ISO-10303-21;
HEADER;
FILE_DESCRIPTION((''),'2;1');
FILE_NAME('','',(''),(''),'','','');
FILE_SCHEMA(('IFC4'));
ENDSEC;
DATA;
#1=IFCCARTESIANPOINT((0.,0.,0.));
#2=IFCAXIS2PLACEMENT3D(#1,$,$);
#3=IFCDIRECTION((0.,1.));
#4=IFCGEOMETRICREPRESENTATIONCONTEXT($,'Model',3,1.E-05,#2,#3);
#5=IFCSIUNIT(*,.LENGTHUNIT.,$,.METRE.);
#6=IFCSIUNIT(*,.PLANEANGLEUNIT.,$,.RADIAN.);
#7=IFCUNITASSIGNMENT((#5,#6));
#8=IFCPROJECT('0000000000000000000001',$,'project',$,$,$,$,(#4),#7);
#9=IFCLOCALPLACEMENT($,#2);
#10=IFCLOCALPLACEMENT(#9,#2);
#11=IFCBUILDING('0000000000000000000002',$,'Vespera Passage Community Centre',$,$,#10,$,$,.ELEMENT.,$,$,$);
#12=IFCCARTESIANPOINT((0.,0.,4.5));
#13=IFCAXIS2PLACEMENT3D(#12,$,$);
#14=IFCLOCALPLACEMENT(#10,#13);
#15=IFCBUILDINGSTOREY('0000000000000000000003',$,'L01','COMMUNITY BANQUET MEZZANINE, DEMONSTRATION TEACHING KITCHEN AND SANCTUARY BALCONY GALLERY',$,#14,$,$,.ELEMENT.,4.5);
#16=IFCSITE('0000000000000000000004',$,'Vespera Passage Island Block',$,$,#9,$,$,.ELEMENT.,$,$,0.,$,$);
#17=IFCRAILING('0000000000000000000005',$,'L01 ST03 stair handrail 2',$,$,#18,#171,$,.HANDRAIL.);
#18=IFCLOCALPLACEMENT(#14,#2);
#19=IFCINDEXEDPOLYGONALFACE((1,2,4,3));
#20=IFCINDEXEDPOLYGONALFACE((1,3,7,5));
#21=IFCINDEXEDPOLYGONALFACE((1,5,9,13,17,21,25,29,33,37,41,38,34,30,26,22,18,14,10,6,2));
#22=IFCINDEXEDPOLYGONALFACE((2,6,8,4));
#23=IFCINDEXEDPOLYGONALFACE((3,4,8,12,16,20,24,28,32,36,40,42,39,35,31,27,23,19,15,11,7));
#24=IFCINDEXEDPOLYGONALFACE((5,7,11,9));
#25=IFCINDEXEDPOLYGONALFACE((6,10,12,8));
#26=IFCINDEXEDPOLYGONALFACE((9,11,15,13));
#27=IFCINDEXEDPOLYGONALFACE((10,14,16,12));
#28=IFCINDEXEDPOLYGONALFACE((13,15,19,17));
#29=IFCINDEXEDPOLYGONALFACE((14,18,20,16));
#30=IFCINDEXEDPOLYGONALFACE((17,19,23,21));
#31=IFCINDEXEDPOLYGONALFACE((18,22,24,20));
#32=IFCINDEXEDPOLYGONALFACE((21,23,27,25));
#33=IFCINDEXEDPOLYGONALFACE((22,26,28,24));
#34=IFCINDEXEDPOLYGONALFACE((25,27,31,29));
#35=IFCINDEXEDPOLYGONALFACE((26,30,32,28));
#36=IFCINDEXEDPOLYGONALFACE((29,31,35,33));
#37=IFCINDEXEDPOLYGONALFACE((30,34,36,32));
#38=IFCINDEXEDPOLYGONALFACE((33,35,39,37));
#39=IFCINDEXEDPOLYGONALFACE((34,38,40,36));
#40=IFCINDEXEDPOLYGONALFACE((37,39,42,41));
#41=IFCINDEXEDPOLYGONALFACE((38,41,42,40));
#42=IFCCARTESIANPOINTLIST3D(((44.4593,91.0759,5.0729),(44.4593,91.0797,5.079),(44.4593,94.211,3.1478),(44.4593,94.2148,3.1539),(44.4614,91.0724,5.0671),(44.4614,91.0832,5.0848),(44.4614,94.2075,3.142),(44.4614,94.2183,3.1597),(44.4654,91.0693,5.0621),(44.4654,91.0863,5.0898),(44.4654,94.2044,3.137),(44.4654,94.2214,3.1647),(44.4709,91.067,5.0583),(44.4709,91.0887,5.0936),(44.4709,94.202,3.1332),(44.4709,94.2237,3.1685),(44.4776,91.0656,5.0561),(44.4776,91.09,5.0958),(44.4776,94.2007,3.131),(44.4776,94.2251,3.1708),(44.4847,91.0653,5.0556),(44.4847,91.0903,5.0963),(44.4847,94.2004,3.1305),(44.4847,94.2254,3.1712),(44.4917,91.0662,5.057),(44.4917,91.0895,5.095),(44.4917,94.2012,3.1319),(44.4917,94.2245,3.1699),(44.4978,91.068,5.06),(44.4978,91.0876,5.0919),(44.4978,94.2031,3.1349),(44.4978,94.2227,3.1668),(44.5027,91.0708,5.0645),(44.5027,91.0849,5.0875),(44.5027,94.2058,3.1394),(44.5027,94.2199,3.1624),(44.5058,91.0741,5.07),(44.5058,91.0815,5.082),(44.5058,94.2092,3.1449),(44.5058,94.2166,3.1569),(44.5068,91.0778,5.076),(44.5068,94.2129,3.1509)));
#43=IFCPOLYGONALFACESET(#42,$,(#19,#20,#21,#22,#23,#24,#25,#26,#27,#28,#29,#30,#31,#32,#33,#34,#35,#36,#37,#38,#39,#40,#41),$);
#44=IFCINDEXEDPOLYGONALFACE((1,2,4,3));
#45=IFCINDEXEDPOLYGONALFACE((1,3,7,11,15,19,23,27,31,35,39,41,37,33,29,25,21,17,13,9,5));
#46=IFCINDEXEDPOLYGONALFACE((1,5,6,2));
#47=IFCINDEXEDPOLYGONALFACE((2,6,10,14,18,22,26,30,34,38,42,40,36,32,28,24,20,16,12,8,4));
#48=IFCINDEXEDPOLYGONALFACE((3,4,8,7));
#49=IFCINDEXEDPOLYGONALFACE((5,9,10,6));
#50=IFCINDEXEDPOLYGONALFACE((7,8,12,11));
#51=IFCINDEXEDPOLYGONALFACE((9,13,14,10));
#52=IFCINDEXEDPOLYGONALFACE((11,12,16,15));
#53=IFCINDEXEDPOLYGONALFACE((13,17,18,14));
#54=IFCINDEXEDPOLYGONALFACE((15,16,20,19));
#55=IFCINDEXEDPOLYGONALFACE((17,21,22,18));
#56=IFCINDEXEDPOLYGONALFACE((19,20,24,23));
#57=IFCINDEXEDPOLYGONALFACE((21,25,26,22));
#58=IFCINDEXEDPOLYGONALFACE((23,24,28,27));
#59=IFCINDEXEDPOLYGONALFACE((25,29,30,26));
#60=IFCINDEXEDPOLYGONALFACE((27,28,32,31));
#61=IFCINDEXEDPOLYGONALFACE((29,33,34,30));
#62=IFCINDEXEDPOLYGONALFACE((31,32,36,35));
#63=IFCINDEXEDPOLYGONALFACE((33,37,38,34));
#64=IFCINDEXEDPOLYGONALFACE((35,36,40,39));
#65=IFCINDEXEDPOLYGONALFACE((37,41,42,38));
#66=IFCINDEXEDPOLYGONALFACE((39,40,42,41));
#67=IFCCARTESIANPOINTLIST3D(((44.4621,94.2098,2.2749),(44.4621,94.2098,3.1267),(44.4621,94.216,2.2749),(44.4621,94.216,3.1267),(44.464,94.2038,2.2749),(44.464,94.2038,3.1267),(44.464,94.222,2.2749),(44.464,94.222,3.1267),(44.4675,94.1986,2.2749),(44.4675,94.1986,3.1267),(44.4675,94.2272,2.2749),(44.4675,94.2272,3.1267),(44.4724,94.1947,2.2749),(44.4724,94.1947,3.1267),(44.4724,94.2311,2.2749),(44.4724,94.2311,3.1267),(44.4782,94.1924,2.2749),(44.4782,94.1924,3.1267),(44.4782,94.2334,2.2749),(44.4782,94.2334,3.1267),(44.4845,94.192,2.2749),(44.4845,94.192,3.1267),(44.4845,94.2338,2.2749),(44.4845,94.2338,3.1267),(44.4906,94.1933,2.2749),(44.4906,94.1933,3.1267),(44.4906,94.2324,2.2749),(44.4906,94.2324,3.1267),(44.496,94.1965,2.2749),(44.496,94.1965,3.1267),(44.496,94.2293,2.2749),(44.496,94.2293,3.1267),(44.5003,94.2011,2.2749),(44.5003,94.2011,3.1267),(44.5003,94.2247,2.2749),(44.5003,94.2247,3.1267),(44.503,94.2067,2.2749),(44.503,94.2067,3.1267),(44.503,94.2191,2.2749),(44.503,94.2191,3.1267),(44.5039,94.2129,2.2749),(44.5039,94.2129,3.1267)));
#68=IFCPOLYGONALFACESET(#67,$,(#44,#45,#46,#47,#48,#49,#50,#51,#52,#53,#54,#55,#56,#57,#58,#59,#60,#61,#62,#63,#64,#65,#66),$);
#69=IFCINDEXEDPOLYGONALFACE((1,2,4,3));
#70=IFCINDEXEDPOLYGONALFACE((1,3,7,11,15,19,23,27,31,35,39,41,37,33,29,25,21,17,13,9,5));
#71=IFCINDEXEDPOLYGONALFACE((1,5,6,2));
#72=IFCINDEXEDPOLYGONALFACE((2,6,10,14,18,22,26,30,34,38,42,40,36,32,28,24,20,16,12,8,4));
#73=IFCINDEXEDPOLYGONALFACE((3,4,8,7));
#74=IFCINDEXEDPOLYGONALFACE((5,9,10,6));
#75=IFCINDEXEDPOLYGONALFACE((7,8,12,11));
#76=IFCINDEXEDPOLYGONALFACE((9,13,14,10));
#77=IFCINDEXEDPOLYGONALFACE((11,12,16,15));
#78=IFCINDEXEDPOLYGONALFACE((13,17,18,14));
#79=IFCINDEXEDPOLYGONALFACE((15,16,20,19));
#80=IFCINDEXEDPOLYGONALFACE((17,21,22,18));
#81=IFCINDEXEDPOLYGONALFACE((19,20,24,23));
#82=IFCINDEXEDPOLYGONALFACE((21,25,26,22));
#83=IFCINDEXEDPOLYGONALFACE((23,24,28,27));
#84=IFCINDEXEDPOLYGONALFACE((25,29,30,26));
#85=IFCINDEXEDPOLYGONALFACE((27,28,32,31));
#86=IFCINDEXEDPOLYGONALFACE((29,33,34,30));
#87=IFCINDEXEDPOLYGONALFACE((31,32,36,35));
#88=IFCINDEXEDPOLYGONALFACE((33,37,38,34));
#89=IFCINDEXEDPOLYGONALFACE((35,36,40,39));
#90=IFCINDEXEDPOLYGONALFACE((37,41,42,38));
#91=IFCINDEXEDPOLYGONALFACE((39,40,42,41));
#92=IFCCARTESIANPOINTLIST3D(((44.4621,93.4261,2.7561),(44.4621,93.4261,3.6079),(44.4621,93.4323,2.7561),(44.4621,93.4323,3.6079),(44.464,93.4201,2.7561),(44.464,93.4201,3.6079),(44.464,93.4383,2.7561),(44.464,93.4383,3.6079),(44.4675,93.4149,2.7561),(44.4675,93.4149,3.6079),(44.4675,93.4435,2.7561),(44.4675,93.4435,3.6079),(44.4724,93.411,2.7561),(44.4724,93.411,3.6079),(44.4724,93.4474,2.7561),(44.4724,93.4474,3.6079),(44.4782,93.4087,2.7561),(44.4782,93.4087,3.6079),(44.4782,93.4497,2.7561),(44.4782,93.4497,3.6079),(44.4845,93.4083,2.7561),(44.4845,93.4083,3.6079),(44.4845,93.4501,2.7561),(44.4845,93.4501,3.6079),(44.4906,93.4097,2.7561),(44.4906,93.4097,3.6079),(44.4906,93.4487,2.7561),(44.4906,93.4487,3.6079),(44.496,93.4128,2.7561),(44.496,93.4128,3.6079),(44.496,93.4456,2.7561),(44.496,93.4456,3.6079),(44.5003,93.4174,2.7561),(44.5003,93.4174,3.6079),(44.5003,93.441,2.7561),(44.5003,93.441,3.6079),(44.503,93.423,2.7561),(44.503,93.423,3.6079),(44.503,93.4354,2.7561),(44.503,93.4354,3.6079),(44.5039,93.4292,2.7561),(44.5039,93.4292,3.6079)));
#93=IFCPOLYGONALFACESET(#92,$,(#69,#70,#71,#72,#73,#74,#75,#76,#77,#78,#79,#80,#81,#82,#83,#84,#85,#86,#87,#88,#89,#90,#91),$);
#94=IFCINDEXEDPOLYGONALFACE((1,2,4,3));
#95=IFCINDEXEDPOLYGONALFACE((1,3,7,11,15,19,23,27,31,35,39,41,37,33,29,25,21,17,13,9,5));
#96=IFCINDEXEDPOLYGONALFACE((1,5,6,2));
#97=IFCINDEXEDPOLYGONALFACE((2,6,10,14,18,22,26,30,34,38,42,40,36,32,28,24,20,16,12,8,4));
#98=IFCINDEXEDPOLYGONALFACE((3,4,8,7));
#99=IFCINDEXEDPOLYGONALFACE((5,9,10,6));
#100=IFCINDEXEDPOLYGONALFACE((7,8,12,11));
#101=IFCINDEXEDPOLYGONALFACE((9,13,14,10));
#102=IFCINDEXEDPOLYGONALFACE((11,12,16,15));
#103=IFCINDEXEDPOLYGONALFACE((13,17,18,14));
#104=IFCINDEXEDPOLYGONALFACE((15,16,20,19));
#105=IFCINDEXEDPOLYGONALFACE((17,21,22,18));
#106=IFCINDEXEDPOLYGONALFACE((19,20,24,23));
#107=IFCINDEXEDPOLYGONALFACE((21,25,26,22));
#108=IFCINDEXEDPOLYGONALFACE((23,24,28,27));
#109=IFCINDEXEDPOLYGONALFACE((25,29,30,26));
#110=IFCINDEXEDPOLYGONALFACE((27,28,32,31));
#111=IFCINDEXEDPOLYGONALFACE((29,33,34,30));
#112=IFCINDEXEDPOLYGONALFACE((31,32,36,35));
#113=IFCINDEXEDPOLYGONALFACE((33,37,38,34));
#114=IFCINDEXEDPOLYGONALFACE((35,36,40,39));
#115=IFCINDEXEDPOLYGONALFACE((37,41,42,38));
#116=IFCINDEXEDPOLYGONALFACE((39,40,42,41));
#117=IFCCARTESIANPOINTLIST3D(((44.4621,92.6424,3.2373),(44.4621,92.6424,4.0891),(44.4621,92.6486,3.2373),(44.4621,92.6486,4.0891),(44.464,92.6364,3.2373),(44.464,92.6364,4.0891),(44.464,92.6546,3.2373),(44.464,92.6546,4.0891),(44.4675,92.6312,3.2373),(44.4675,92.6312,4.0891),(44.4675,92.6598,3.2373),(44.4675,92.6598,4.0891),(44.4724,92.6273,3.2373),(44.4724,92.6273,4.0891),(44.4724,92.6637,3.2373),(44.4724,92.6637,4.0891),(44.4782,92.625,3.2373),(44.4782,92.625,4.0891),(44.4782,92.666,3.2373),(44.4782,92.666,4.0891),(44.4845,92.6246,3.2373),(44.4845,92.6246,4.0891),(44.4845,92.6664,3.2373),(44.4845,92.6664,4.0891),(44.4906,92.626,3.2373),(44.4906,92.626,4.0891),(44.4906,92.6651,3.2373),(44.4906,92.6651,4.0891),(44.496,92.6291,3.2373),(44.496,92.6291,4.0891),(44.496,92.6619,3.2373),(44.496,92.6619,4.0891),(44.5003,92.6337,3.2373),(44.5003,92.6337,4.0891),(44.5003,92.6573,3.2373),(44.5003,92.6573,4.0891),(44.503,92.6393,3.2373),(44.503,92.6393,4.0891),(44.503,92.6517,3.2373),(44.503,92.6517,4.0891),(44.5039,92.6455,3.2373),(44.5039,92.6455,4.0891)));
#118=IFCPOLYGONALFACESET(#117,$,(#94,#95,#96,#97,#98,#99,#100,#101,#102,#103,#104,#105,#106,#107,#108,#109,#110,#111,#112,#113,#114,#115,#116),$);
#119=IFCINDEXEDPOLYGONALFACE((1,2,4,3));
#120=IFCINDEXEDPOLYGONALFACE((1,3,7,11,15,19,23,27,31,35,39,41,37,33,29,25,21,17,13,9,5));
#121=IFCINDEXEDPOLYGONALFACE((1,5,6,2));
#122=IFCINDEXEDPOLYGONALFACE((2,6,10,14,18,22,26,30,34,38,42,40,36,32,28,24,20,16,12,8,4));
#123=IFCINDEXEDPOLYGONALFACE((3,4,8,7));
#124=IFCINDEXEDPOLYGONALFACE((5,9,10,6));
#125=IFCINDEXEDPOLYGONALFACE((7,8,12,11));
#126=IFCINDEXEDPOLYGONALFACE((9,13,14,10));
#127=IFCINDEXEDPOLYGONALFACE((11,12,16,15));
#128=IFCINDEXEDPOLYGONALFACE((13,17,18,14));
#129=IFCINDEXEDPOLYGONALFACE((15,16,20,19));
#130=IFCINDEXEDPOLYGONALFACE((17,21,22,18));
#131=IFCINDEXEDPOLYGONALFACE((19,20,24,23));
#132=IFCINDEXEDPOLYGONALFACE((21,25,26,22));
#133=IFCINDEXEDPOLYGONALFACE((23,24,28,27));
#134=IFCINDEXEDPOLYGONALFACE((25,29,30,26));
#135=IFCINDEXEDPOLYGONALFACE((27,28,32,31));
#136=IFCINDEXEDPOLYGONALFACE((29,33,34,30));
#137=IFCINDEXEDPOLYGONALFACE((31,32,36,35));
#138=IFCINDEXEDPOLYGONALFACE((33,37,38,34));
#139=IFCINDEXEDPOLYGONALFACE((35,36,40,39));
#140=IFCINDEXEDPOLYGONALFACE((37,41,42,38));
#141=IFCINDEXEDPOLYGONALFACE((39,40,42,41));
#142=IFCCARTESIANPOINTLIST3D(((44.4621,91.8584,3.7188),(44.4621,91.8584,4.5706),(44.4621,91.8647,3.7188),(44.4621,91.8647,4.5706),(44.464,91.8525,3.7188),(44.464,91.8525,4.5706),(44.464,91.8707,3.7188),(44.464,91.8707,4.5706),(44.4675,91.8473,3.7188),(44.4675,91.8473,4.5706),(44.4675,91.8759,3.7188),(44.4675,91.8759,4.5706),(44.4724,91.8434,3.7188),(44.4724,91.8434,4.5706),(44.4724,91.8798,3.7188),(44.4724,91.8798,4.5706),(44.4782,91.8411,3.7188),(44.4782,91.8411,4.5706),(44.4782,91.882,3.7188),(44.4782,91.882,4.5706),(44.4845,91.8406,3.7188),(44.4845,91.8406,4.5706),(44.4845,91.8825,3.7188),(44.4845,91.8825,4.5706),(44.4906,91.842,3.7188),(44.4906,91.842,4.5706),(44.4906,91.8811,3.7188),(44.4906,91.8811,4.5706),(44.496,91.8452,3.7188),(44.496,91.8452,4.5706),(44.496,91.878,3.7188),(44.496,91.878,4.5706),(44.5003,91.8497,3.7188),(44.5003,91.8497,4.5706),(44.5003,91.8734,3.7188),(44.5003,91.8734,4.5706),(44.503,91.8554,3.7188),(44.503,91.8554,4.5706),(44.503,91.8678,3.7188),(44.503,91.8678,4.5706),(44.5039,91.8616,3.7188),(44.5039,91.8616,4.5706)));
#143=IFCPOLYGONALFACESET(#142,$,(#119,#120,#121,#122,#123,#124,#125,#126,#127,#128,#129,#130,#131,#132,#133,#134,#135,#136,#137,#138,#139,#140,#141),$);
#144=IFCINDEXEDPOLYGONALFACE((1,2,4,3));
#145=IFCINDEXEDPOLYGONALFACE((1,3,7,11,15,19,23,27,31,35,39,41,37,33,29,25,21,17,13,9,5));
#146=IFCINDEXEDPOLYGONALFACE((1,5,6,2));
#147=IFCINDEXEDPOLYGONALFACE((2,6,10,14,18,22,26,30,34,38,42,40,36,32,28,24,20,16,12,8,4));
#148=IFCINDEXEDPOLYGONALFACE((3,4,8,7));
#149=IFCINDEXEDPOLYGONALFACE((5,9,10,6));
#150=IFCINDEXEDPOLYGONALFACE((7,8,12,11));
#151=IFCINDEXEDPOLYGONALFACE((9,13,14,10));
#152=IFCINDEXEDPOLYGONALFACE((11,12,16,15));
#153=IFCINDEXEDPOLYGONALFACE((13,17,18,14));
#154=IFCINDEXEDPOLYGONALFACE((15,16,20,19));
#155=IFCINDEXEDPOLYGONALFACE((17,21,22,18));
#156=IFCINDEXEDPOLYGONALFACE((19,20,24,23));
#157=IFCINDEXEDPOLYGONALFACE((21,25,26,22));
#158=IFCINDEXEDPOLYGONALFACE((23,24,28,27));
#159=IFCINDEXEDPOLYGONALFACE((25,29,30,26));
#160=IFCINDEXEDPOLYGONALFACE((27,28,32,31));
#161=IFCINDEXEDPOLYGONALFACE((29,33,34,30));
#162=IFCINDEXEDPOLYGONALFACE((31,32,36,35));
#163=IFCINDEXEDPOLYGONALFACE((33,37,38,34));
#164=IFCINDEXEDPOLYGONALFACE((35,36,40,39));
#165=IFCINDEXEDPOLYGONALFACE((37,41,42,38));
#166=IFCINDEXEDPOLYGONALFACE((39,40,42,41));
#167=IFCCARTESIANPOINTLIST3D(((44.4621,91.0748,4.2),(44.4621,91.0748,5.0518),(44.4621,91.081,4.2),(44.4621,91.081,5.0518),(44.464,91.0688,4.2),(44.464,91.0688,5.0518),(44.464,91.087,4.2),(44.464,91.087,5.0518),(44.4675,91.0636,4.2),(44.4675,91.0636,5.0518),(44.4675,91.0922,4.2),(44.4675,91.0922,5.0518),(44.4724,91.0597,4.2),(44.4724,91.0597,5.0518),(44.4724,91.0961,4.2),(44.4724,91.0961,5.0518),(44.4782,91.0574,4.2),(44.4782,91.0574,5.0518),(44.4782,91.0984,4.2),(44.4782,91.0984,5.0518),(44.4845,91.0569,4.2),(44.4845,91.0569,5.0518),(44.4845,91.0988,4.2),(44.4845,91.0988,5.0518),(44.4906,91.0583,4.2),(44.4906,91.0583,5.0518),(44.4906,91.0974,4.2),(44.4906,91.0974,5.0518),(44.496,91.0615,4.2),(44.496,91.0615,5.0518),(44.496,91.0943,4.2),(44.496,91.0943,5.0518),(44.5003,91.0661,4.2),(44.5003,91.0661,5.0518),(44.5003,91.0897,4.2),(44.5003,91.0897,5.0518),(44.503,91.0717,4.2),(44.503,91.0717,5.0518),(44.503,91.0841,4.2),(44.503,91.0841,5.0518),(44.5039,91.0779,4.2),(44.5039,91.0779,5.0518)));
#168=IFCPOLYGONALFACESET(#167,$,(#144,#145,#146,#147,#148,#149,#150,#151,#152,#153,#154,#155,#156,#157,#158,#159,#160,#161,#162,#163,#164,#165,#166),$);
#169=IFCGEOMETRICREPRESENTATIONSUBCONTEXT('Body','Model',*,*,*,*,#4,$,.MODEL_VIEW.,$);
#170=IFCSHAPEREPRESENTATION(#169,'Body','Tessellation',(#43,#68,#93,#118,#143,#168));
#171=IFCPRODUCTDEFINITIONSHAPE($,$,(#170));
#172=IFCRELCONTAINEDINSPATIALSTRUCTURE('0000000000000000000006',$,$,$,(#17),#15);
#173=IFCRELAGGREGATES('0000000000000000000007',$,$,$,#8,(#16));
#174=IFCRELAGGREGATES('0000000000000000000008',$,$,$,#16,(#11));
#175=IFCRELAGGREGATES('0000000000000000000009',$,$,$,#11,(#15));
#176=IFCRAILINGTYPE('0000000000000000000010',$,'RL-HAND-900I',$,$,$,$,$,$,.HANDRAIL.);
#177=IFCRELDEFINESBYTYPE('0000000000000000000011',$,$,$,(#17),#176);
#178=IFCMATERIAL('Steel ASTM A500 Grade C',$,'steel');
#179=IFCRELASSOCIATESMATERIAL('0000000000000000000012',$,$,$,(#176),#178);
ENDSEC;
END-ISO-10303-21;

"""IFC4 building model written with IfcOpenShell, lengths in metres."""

from ifc_helpers import new_model, si_unit, direction, frame, origin, origin_2d, place, context, subcontext, project, spatial, circle, extrude, material, type_object, element, save


model = new_model("IFC4")

# Units and contexts
model_context = context("Model", 3, precision=1e-05, world=origin(), true_north=direction((0.0, 1.0)))
body_context = subcontext(model_context, "Body", "Model", "MODEL_VIEW")
ifc_project = project(units=[si_unit("LENGTHUNIT", "METRE"), si_unit("PLANEANGLEUNIT", "RADIAN")], contexts=[model_context])

# Site, building, storey
site_placement = place(None, origin())
site = spatial("IfcSite", under=ifc_project, at=site_placement, Name="Vespera Passage Island Block", CompositionType="ELEMENT", RefElevation=0.0)
building_placement = place(site_placement, origin())
building = spatial("IfcBuilding", under=site, at=building_placement, Name="Vespera Passage Community Centre", CompositionType="ELEMENT")
storey_placement = place(building_placement, frame((0.0, 0.0, 4.5)))
storey = spatial("IfcBuildingStorey", under=building, at=storey_placement, Name="L01", Description="COMMUNITY BANQUET MEZZANINE, DEMONSTRATION TEACHING KITCHEN AND SANCTUARY BALCONY GALLERY", CompositionType="ELEMENT", Elevation=4.5)

# Railing
ifc_material_1 = material(Name="Steel ASTM A500 Grade C", Category="steel")
railing_type_1 = type_object("IfcRailingType", Name="RL-HAND-900I", PredefinedType="HANDRAIL", material=ifc_material_1)
railing_1_placement = place(storey_placement, frame((44.4829, 94.2129, 2.2749)))
element("IfcRailing", 1, at=railing_1_placement, inside=storey, type_object=railing_type_1, Name="L01 ST03 stair handrail 2", PredefinedType="HANDRAIL", context=body_context, shape_type="SweptSolid", body=[
    extrude(circle(Radius=0.0239, at=origin_2d()), frame((0.0, 0.0, 0.876), z_axis=(0.0, -0.852166, 0.523271), x_axis=(1.0, 0.0, 0.0)), (0.0, 0.0, 1.0), 3.679),
    extrude(circle(Radius=0.021, at=origin_2d()), origin(), (0.0, 0.0, 1.0), 0.8518),
    extrude(circle(Radius=0.021, at=origin_2d()), frame((0.0, -0.7837, 0.4812)), (0.0, 0.0, 1.0), 0.8518),
    extrude(circle(Radius=0.021, at=origin_2d()), frame((0.0, -1.5674, 0.9624)), (0.0, 0.0, 1.0), 0.8518),
    extrude(circle(Radius=0.021, at=origin_2d()), frame((0.0, -2.3513, 1.4438)), (0.0, 0.0, 1.0), 0.8518),
    extrude(circle(Radius=0.021, at=origin_2d()), frame((0.0, -3.135, 1.925)), (0.0, 0.0, 1.0), 0.8518),
])

save(model, "model.ifc")
